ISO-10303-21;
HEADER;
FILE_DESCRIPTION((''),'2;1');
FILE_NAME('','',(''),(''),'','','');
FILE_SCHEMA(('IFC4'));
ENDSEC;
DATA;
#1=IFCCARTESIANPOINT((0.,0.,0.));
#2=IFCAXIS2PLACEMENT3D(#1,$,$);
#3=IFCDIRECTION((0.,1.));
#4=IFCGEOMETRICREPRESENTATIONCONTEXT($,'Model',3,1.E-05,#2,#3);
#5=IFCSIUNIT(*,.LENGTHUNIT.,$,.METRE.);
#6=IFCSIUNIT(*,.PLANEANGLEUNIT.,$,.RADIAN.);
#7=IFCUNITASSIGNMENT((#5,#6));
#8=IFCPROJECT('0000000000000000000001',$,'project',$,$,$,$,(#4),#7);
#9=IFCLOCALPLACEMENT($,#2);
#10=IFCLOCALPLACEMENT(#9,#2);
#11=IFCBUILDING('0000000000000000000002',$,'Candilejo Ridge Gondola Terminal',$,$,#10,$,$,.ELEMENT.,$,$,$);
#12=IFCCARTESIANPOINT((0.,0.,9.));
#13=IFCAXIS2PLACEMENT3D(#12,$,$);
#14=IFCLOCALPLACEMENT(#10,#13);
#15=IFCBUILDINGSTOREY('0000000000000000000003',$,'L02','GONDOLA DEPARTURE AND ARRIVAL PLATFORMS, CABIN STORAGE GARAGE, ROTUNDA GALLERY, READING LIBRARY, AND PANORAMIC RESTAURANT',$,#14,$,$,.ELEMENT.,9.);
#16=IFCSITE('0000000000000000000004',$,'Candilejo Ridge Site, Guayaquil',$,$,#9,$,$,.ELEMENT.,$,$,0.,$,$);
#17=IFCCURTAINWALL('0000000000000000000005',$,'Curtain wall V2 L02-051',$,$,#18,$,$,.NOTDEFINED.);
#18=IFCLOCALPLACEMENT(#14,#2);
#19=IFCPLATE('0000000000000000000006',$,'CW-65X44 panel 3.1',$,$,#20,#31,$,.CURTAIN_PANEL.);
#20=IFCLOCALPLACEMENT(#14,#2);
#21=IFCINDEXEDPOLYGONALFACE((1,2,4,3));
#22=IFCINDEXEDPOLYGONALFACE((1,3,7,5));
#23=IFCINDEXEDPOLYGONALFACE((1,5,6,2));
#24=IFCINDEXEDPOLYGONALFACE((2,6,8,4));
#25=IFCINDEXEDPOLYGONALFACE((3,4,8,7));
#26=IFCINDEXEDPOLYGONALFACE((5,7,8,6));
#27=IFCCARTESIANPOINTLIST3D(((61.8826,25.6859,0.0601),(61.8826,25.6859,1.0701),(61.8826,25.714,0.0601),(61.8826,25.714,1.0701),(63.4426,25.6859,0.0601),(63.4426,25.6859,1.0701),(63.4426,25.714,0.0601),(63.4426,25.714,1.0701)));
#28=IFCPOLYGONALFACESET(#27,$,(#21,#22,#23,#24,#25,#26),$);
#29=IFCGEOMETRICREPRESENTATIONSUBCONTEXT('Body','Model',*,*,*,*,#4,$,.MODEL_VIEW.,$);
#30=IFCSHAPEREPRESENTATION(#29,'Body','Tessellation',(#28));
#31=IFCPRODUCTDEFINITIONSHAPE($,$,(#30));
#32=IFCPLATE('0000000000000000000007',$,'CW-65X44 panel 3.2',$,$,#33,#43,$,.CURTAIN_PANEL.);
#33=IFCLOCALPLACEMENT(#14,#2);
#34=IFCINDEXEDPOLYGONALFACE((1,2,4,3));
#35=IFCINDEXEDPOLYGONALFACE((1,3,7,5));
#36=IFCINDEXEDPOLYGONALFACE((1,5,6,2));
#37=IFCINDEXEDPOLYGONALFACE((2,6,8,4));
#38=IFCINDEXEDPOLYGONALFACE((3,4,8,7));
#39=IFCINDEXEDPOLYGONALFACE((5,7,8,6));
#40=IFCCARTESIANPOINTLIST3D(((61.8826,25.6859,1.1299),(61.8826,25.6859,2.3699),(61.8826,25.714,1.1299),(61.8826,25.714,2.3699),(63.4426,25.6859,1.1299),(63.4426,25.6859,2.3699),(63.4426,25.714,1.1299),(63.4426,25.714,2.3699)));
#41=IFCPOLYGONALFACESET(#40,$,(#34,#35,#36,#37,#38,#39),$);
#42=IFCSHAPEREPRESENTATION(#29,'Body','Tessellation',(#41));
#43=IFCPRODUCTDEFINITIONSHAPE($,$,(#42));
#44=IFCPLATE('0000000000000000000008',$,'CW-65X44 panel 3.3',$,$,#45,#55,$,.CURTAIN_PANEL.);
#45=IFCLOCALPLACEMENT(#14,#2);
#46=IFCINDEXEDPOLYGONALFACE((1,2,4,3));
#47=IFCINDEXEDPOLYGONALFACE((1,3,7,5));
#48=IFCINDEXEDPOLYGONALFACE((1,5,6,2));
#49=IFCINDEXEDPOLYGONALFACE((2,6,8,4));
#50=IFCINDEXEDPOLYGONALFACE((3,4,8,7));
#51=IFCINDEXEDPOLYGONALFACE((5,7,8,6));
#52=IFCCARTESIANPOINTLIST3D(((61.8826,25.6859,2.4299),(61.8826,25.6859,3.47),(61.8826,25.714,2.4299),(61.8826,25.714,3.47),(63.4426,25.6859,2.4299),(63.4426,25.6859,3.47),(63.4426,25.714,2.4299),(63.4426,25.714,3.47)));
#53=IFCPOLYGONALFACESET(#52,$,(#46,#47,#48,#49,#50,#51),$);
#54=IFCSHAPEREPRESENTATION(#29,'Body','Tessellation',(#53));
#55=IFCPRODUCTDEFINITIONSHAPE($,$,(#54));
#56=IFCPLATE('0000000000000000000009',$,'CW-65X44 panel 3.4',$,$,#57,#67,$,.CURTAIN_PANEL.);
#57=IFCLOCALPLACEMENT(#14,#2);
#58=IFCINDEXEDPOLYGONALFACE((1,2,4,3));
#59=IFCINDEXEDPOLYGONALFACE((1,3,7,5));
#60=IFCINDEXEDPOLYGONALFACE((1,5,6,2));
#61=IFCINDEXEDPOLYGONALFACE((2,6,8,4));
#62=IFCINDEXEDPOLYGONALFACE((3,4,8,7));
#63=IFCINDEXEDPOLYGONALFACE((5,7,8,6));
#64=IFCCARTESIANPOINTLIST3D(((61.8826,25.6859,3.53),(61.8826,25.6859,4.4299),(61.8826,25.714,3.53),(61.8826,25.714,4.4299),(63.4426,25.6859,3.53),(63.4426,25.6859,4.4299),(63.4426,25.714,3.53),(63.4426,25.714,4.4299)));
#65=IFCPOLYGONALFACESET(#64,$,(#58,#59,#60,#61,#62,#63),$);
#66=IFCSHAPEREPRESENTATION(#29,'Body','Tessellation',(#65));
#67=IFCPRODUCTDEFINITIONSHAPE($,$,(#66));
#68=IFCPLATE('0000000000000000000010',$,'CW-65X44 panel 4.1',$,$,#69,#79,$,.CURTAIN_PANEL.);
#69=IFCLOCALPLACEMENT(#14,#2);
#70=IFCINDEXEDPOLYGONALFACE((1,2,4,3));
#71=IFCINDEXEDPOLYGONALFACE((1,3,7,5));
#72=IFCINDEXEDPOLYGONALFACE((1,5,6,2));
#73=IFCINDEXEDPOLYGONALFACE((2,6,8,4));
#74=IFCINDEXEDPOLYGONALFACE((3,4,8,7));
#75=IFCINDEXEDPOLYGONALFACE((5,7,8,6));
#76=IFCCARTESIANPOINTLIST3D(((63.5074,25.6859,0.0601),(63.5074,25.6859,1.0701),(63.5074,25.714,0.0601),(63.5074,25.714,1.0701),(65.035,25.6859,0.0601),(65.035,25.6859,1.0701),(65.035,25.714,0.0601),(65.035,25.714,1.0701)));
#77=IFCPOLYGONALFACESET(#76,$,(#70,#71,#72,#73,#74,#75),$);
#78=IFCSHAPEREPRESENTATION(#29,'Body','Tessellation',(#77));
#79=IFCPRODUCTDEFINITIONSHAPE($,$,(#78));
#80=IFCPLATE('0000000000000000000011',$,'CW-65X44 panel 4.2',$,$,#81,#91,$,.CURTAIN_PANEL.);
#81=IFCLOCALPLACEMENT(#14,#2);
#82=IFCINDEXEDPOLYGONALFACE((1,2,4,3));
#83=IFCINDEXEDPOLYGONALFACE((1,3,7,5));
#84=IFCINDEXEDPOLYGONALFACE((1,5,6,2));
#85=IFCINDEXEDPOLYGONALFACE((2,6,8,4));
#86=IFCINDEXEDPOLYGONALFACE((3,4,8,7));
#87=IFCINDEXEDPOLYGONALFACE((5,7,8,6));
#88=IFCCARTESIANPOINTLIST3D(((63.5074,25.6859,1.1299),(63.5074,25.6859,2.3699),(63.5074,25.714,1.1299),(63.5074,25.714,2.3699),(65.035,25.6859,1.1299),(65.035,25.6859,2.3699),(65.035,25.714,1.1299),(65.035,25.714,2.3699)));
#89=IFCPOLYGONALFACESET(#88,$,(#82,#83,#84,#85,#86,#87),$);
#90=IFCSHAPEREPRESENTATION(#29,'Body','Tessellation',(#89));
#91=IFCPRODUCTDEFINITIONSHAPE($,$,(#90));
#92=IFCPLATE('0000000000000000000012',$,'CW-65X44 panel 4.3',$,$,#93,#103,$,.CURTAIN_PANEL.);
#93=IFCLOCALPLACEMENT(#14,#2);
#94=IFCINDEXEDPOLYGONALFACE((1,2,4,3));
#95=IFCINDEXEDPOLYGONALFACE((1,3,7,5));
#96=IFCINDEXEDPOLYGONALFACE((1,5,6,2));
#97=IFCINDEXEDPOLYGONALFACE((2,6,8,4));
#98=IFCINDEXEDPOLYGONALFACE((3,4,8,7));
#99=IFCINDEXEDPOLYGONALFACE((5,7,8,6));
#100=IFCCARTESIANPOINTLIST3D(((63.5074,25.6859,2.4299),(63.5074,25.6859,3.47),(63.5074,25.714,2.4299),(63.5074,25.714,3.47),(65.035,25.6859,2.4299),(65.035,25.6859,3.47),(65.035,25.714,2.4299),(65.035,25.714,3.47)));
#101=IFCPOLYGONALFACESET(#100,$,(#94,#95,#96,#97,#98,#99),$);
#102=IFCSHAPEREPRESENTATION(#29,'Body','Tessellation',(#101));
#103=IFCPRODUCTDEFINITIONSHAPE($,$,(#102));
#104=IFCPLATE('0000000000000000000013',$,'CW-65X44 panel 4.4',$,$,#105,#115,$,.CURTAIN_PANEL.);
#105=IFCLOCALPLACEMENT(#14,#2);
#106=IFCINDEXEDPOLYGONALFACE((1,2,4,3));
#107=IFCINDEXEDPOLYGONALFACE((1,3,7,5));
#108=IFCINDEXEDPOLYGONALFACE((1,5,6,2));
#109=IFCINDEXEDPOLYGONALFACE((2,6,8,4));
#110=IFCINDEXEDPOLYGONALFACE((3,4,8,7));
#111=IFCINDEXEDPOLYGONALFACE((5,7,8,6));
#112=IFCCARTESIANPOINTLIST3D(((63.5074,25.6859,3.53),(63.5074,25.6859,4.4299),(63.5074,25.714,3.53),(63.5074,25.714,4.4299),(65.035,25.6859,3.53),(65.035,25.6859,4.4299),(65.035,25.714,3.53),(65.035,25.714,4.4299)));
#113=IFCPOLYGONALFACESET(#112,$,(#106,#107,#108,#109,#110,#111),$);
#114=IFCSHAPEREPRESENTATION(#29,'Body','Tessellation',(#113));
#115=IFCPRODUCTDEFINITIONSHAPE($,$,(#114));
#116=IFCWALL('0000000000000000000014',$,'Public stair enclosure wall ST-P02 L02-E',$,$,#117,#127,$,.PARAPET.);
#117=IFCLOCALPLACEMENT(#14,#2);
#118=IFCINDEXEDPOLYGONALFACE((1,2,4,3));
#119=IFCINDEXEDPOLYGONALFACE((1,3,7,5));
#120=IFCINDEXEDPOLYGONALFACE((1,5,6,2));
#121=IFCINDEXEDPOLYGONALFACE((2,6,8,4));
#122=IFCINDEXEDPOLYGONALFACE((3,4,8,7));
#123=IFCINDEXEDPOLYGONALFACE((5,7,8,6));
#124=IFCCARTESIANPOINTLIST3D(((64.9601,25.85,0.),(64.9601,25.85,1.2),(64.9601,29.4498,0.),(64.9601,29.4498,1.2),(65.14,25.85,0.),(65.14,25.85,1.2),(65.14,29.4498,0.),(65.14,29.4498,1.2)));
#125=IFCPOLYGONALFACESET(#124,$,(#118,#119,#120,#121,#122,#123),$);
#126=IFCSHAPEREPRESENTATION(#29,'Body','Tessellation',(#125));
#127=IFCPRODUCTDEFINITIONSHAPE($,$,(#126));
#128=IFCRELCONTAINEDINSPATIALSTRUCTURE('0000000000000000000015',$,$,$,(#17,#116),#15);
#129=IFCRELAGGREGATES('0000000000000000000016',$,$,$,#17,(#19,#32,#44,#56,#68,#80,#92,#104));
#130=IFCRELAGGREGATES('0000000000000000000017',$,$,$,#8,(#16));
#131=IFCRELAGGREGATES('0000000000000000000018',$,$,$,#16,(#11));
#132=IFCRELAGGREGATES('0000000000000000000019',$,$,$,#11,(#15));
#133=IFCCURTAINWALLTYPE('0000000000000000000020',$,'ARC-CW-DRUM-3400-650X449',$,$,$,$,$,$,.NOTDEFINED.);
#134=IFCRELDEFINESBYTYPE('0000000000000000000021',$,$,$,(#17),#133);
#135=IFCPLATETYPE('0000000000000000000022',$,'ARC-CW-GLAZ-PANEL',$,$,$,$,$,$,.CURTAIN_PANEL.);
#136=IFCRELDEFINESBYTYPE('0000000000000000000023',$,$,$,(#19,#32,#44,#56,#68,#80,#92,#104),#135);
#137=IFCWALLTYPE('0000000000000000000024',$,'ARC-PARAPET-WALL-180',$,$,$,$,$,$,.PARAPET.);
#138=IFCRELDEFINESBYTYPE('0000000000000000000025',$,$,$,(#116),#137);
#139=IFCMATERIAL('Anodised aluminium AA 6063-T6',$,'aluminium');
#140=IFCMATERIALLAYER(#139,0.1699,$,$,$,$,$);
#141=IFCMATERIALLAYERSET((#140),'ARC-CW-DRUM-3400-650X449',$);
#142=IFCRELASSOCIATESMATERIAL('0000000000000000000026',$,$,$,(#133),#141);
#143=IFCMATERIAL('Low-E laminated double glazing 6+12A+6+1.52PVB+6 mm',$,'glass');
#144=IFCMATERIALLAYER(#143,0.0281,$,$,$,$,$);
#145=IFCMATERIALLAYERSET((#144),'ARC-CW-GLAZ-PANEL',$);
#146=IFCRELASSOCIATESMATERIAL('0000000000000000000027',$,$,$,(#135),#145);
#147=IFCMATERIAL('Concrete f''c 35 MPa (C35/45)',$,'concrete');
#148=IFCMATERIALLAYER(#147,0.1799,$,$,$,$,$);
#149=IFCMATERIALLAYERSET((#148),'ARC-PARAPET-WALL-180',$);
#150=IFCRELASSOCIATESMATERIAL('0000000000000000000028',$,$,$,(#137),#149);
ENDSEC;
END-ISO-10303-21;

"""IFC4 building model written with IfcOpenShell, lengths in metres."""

from ifc_helpers import new_model, si_unit, direction, frame, frame_2d, origin, origin_2d, place, context, subcontext, project, spatial, rectangle, extrude, material, layer, layer_set, type_object, element, aggregate, save


model = new_model("IFC4")

# Units and contexts
model_context = context("Model", 3, precision=1e-05, world=origin(), true_north=direction((0.0, 1.0)))
body_context = subcontext(model_context, "Body", "Model", "MODEL_VIEW")
ifc_project = project(units=[si_unit("LENGTHUNIT", "METRE"), si_unit("PLANEANGLEUNIT", "RADIAN")], contexts=[model_context])

# Site, building, storey
site_placement = place(None, origin())
site = spatial("IfcSite", under=ifc_project, at=site_placement, Name="Candilejo Ridge Site, Guayaquil", CompositionType="ELEMENT", RefElevation=0.0)
building_placement = place(site_placement, origin())
building = spatial("IfcBuilding", under=site, at=building_placement, Name="Candilejo Ridge Gondola Terminal", CompositionType="ELEMENT")
storey_placement = place(building_placement, frame((0.0, 0.0, 9.0)))
storey = spatial("IfcBuildingStorey", under=building, at=storey_placement, Name="L02", Description="GONDOLA DEPARTURE AND ARRIVAL PLATFORMS, CABIN STORAGE GARAGE, ROTUNDA GALLERY, READING LIBRARY, AND PANORAMIC RESTAURANT", CompositionType="ELEMENT", Elevation=9.0)

# Curtain wall
ifc_material_1 = material(Name="Anodised aluminium AA 6063-T6", Category="aluminium")
ifc_layer_1 = layer(ifc_material_1, 0.1699)
ifc_layer_set_1 = layer_set([ifc_layer_1], Name="ARC-CW-DRUM-3400-650X449")
curtain_wall_type = type_object("IfcCurtainWallType", Name="ARC-CW-DRUM-3400-650X449", PredefinedType="NOTDEFINED", material=ifc_layer_set_1)
curtain_wall_placement = place(storey_placement, origin())
curtain_wall = element("IfcCurtainWall", 1, at=curtain_wall_placement, inside=storey, type_object=curtain_wall_type, Name="Curtain wall V2 L02-051", PredefinedType="NOTDEFINED")

# Plates
ifc_material_2 = material(Name="Low-E laminated double glazing 6+12A+6+1.52PVB+6 mm", Category="glass")
ifc_layer_2 = layer(ifc_material_2, 0.0281)
ifc_layer_set_2 = layer_set([ifc_layer_2], Name="ARC-CW-GLAZ-PANEL")
plate_type = type_object("IfcPlateType", Name="ARC-CW-GLAZ-PANEL", PredefinedType="CURTAIN_PANEL", material=ifc_layer_set_2)
plate_1_placement = place(storey_placement, frame((62.6626, 25.7, 0.0601), z_axis=(0.0, 0.0, 1.0), x_axis=(1.0, 0.0, 0.0)))
plate_1 = element("IfcPlate", 2, at=plate_1_placement, type_object=plate_type, Name="CW-65X44 panel 3.1", PredefinedType="CURTAIN_PANEL", context=body_context, shape_type="SweptSolid", body=[
    extrude(rectangle(XDim=1.5601, YDim=0.0281, at=origin_2d()), origin(), (0.0, 0.0, 1.0), 1.01),
])
plate_2_placement = place(storey_placement, frame((62.6626, 25.7, 1.1299), z_axis=(0.0, 0.0, 1.0), x_axis=(1.0, 0.0, 0.0)))
plate_2 = element("IfcPlate", 3, at=plate_2_placement, type_object=plate_type, Name="CW-65X44 panel 3.2", PredefinedType="CURTAIN_PANEL", context=body_context, shape_type="SweptSolid", body=[
    extrude(rectangle(XDim=1.5601, YDim=0.0281, at=origin_2d()), origin(), (0.0, 0.0, 1.0), 1.24),
])
plate_3_placement = place(storey_placement, frame((62.6626, 25.7, 2.4299), z_axis=(0.0, 0.0, 1.0), x_axis=(1.0, 0.0, 0.0)))
plate_3 = element("IfcPlate", 4, at=plate_3_placement, type_object=plate_type, Name="CW-65X44 panel 3.3", PredefinedType="CURTAIN_PANEL", context=body_context, shape_type="SweptSolid", body=[
    extrude(rectangle(XDim=1.5601, YDim=0.0281, at=origin_2d()), origin(), (0.0, 0.0, 1.0), 1.04),
])
plate_4_placement = place(storey_placement, frame((62.6626, 25.7, 3.53), z_axis=(0.0, 0.0, 1.0), x_axis=(1.0, 0.0, 0.0)))
plate_4 = element("IfcPlate", 5, at=plate_4_placement, type_object=plate_type, Name="CW-65X44 panel 3.4", PredefinedType="CURTAIN_PANEL", context=body_context, shape_type="SweptSolid", body=[
    extrude(rectangle(XDim=1.5601, YDim=0.0281, at=origin_2d()), origin(), (0.0, 0.0, 1.0), 0.8999),
])
plate_5_placement = place(storey_placement, frame((64.2712, 25.7, 0.0601), z_axis=(0.0, 0.0, 1.0), x_axis=(1.0, 0.0, 0.0)))
plate_5 = element("IfcPlate", 6, at=plate_5_placement, type_object=plate_type, Name="CW-65X44 panel 4.1", PredefinedType="CURTAIN_PANEL", context=body_context, shape_type="SweptSolid", body=[
    extrude(rectangle(XDim=1.5276, YDim=0.0281, at=origin_2d()), origin(), (0.0, 0.0, 1.0), 1.01),
])
plate_6_placement = place(storey_placement, frame((64.2712, 25.7, 1.1299), z_axis=(0.0, 0.0, 1.0), x_axis=(1.0, 0.0, 0.0)))
plate_6 = element("IfcPlate", 7, at=plate_6_placement, type_object=plate_type, Name="CW-65X44 panel 4.2", PredefinedType="CURTAIN_PANEL", context=body_context, shape_type="SweptSolid", body=[
    extrude(rectangle(XDim=1.5276, YDim=0.0281, at=origin_2d()), origin(), (0.0, 0.0, 1.0), 1.24),
])
plate_7_placement = place(storey_placement, frame((64.2712, 25.7, 2.4299), z_axis=(0.0, 0.0, 1.0), x_axis=(1.0, 0.0, 0.0)))
plate_7 = element("IfcPlate", 8, at=plate_7_placement, type_object=plate_type, Name="CW-65X44 panel 4.3", PredefinedType="CURTAIN_PANEL", context=body_context, shape_type="SweptSolid", body=[
    extrude(rectangle(XDim=1.5276, YDim=0.0281, at=origin_2d()), origin(), (0.0, 0.0, 1.0), 1.04),
])
plate_8_placement = place(storey_placement, frame((64.2712, 25.7, 3.53), z_axis=(0.0, 0.0, 1.0), x_axis=(1.0, 0.0, 0.0)))
plate_8 = element("IfcPlate", 9, at=plate_8_placement, type_object=plate_type, Name="CW-65X44 panel 4.4", PredefinedType="CURTAIN_PANEL", context=body_context, shape_type="SweptSolid", body=[
    extrude(rectangle(XDim=1.5276, YDim=0.0281, at=origin_2d()), origin(), (0.0, 0.0, 1.0), 0.8999),
])
aggregate(curtain_wall, [plate_1, plate_2, plate_3, plate_4, plate_5, plate_6, plate_7, plate_8])

# Wall
ifc_material_3 = material(Name="Concrete f'c 35 MPa (C35/45)", Category="concrete")
ifc_layer_3 = layer(ifc_material_3, 0.1799)
ifc_layer_set_3 = layer_set([ifc_layer_3], Name="ARC-PARAPET-WALL-180")
wall_type = type_object("IfcWallType", Name="ARC-PARAPET-WALL-180", PredefinedType="PARAPET", material=ifc_layer_set_3)
wall_placement = place(storey_placement, frame((65.05, 25.8501, 0.0), z_axis=(0.0, 0.0, 1.0), x_axis=(0.0, 1.0, 0.0)))
element("IfcWall", 10, at=wall_placement, inside=storey, type_object=wall_type, Name="Public stair enclosure wall ST-P02 L02-E", PredefinedType="PARAPET", context=body_context, shape_type="SweptSolid", body=[
    extrude(rectangle(XDim=3.5999, YDim=0.1799, at=frame_2d((1.7998, 0.0))), origin(), (0.0, 0.0, 1.0), 1.2),
])

save(model, "model.ifc")
